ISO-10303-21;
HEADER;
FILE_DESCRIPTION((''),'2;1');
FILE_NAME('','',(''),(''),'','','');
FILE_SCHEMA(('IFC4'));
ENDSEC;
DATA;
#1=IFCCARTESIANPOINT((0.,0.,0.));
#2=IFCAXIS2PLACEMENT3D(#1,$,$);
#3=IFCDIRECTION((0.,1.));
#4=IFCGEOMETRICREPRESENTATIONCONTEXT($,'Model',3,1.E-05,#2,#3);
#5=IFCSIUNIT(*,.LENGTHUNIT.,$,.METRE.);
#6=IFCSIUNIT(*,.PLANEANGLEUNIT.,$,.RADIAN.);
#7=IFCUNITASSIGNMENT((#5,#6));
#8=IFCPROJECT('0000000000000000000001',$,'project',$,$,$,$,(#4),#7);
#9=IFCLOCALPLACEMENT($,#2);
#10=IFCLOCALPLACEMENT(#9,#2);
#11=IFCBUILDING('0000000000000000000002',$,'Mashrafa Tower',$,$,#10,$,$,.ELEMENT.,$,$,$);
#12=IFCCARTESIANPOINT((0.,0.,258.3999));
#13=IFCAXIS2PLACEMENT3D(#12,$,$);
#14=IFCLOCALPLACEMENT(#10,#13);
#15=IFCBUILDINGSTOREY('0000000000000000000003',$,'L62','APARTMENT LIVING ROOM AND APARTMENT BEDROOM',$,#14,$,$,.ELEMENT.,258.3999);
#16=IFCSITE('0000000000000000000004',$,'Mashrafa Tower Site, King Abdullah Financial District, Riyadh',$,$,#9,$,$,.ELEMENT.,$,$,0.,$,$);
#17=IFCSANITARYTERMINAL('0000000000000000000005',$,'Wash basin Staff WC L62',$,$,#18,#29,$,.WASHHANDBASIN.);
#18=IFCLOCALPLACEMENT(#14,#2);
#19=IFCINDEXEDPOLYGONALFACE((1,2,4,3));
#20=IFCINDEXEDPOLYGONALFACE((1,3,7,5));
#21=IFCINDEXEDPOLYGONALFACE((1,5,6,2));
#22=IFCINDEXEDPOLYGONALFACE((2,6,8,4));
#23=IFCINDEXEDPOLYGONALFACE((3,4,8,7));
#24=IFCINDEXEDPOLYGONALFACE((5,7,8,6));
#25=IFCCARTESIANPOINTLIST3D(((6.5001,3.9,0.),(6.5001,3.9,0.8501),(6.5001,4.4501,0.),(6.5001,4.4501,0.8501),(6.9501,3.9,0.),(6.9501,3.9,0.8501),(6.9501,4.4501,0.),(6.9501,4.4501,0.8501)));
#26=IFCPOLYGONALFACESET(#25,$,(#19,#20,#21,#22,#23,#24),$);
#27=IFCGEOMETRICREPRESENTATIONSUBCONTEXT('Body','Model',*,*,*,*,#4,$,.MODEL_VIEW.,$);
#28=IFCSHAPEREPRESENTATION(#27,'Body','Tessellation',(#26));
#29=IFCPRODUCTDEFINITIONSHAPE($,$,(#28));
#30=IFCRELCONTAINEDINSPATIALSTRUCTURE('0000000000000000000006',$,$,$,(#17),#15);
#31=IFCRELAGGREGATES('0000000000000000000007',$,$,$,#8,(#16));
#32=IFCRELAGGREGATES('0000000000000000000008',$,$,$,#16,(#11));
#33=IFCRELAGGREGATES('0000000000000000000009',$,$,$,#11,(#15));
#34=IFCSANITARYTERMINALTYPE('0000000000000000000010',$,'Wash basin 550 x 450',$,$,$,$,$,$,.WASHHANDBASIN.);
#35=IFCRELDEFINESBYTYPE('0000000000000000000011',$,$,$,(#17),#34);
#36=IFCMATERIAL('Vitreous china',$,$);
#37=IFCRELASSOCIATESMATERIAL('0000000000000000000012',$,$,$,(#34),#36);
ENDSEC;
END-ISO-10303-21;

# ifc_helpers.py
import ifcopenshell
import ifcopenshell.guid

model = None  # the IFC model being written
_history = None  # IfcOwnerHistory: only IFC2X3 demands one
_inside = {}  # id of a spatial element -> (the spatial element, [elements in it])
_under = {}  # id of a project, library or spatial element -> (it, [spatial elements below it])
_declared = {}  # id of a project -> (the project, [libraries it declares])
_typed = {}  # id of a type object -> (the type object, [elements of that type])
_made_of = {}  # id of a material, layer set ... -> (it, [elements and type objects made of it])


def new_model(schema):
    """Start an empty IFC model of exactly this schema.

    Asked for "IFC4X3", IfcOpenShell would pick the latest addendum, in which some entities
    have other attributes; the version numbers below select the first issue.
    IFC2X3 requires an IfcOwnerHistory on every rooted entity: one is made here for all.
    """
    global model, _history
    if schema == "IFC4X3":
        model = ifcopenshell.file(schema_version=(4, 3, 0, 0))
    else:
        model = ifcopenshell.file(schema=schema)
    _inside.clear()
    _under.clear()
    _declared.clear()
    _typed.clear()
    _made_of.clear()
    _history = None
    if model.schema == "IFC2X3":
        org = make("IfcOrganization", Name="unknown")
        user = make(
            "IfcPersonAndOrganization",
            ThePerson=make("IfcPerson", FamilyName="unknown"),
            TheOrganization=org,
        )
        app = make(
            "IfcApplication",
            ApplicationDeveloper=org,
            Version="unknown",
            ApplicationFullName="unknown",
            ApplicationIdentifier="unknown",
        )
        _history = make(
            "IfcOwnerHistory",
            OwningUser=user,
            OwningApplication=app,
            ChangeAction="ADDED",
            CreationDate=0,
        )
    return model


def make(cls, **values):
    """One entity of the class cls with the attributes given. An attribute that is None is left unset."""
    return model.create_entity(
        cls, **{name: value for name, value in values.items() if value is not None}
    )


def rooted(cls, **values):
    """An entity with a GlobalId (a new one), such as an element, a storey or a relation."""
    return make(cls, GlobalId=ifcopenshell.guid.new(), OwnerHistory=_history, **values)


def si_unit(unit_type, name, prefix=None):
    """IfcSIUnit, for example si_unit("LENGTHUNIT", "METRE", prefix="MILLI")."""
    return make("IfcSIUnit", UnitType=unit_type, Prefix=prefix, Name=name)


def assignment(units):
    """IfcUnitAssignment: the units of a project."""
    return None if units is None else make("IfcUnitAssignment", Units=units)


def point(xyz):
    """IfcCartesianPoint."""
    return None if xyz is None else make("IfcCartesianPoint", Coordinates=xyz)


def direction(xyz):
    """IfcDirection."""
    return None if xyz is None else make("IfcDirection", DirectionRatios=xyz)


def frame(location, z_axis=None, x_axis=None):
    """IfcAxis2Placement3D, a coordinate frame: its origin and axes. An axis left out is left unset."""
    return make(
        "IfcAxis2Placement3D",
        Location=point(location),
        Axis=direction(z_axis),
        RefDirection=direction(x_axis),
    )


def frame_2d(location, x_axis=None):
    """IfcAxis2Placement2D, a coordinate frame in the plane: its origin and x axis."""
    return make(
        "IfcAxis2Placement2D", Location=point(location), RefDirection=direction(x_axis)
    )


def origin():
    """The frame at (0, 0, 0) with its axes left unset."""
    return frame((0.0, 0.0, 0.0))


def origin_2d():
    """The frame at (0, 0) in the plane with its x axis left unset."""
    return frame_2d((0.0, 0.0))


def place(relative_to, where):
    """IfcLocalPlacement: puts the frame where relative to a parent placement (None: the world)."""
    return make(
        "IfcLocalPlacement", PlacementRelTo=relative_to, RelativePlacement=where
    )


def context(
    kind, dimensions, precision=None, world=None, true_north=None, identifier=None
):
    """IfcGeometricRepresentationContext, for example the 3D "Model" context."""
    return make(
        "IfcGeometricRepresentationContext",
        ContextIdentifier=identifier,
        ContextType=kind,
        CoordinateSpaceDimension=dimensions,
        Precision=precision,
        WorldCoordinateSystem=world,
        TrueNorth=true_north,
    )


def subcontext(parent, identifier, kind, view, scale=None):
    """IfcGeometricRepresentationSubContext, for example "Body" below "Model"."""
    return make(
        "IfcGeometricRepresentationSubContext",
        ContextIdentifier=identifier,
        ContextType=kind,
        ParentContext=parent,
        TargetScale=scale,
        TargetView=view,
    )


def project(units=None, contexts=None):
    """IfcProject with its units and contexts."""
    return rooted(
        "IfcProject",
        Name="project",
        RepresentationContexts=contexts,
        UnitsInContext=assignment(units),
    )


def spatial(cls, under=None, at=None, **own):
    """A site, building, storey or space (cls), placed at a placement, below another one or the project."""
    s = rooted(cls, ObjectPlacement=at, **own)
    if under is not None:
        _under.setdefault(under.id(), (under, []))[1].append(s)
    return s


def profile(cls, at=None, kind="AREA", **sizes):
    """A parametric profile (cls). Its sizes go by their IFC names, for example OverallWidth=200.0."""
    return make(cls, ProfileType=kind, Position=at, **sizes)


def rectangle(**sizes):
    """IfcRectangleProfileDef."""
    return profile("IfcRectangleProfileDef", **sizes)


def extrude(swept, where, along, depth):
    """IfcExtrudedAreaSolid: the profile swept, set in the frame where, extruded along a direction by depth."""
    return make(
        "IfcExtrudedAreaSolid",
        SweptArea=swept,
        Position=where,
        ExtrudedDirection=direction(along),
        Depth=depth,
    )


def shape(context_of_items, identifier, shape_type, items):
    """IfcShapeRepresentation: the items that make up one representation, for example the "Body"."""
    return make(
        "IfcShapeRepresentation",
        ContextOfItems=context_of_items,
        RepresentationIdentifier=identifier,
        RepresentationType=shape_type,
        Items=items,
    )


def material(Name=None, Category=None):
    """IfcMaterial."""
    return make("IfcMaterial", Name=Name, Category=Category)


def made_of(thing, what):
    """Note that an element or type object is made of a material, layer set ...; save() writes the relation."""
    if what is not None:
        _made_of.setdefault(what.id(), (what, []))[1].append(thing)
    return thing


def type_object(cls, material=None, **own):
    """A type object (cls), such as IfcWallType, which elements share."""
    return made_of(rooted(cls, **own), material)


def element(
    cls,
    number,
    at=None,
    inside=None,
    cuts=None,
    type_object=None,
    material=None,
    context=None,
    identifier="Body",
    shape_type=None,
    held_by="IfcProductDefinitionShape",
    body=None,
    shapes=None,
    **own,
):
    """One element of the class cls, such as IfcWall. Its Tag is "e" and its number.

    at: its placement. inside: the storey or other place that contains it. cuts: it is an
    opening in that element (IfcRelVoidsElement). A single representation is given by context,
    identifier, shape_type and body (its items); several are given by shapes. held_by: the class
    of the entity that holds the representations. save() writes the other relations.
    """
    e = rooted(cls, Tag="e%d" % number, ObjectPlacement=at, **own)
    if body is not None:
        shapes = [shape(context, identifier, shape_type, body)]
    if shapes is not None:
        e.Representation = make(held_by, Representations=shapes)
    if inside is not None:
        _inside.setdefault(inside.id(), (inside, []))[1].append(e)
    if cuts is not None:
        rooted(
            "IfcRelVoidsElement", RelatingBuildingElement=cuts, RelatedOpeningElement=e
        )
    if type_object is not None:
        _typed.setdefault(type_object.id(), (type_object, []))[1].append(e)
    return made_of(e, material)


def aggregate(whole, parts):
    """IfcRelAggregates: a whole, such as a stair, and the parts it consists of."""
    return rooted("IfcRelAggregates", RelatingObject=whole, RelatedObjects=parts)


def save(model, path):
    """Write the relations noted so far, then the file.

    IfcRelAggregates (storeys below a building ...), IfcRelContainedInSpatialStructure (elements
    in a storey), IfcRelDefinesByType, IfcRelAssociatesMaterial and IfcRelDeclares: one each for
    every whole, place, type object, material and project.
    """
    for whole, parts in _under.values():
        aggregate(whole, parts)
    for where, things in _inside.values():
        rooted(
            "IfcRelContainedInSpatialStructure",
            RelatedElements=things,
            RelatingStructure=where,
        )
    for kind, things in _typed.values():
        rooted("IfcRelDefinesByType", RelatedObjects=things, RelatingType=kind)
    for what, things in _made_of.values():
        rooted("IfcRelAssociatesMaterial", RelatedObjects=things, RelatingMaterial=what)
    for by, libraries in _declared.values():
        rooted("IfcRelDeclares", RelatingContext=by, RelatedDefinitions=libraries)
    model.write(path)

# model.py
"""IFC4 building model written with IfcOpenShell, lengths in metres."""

from ifc_helpers import new_model, si_unit, direction, frame, origin, origin_2d, place, context, subcontext, project, spatial, rectangle, extrude, material, type_object, element, save


model = new_model("IFC4")

# Units and contexts
model_context = context("Model", 3, precision=1e-05, world=origin(), true_north=direction((0.0, 1.0)))
body_context = subcontext(model_context, "Body", "Model", "MODEL_VIEW")
ifc_project = project(units=[si_unit("LENGTHUNIT", "METRE"), si_unit("PLANEANGLEUNIT", "RADIAN")], contexts=[model_context])

# Site, building, storey
site_placement = place(None, origin())
site = spatial("IfcSite", under=ifc_project, at=site_placement, Name="Mashrafa Tower Site, King Abdullah Financial District, Riyadh", CompositionType="ELEMENT", RefElevation=0.0)
building_placement = place(site_placement, origin())
building = spatial("IfcBuilding", under=site, at=building_placement, Name="Mashrafa Tower", CompositionType="ELEMENT")
storey_placement = place(building_placement, frame((0.0, 0.0, 258.3999)))
storey = spatial("IfcBuildingStorey", under=building, at=storey_placement, Name="L62", Description="APARTMENT LIVING ROOM AND APARTMENT BEDROOM", CompositionType="ELEMENT", Elevation=258.3999)

# Sanitary terminal
ifc_material_1 = material(Name="Vitreous china")
sanitary_terminal_type_1 = type_object("IfcSanitaryTerminalType", Name="Wash basin 550 x 450", PredefinedType="WASHHANDBASIN", material=ifc_material_1)
sanitary_terminal_1_placement = place(storey_placement, frame((6.7251, 4.175, 0.0), z_axis=(0.0, 0.0, 1.0), x_axis=(0.0, 1.0, 0.0)))
element("IfcSanitaryTerminal", 1, at=sanitary_terminal_1_placement, inside=storey, type_object=sanitary_terminal_type_1, Name="Wash basin Staff WC L62", PredefinedType="WASHHANDBASIN", context=body_context, shape_type="SweptSolid", body=[
    extrude(rectangle(XDim=0.55, YDim=0.45, at=origin_2d()), origin(), (0.0, 0.0, 1.0), 0.8501),
])

save(model, "model.ifc")
